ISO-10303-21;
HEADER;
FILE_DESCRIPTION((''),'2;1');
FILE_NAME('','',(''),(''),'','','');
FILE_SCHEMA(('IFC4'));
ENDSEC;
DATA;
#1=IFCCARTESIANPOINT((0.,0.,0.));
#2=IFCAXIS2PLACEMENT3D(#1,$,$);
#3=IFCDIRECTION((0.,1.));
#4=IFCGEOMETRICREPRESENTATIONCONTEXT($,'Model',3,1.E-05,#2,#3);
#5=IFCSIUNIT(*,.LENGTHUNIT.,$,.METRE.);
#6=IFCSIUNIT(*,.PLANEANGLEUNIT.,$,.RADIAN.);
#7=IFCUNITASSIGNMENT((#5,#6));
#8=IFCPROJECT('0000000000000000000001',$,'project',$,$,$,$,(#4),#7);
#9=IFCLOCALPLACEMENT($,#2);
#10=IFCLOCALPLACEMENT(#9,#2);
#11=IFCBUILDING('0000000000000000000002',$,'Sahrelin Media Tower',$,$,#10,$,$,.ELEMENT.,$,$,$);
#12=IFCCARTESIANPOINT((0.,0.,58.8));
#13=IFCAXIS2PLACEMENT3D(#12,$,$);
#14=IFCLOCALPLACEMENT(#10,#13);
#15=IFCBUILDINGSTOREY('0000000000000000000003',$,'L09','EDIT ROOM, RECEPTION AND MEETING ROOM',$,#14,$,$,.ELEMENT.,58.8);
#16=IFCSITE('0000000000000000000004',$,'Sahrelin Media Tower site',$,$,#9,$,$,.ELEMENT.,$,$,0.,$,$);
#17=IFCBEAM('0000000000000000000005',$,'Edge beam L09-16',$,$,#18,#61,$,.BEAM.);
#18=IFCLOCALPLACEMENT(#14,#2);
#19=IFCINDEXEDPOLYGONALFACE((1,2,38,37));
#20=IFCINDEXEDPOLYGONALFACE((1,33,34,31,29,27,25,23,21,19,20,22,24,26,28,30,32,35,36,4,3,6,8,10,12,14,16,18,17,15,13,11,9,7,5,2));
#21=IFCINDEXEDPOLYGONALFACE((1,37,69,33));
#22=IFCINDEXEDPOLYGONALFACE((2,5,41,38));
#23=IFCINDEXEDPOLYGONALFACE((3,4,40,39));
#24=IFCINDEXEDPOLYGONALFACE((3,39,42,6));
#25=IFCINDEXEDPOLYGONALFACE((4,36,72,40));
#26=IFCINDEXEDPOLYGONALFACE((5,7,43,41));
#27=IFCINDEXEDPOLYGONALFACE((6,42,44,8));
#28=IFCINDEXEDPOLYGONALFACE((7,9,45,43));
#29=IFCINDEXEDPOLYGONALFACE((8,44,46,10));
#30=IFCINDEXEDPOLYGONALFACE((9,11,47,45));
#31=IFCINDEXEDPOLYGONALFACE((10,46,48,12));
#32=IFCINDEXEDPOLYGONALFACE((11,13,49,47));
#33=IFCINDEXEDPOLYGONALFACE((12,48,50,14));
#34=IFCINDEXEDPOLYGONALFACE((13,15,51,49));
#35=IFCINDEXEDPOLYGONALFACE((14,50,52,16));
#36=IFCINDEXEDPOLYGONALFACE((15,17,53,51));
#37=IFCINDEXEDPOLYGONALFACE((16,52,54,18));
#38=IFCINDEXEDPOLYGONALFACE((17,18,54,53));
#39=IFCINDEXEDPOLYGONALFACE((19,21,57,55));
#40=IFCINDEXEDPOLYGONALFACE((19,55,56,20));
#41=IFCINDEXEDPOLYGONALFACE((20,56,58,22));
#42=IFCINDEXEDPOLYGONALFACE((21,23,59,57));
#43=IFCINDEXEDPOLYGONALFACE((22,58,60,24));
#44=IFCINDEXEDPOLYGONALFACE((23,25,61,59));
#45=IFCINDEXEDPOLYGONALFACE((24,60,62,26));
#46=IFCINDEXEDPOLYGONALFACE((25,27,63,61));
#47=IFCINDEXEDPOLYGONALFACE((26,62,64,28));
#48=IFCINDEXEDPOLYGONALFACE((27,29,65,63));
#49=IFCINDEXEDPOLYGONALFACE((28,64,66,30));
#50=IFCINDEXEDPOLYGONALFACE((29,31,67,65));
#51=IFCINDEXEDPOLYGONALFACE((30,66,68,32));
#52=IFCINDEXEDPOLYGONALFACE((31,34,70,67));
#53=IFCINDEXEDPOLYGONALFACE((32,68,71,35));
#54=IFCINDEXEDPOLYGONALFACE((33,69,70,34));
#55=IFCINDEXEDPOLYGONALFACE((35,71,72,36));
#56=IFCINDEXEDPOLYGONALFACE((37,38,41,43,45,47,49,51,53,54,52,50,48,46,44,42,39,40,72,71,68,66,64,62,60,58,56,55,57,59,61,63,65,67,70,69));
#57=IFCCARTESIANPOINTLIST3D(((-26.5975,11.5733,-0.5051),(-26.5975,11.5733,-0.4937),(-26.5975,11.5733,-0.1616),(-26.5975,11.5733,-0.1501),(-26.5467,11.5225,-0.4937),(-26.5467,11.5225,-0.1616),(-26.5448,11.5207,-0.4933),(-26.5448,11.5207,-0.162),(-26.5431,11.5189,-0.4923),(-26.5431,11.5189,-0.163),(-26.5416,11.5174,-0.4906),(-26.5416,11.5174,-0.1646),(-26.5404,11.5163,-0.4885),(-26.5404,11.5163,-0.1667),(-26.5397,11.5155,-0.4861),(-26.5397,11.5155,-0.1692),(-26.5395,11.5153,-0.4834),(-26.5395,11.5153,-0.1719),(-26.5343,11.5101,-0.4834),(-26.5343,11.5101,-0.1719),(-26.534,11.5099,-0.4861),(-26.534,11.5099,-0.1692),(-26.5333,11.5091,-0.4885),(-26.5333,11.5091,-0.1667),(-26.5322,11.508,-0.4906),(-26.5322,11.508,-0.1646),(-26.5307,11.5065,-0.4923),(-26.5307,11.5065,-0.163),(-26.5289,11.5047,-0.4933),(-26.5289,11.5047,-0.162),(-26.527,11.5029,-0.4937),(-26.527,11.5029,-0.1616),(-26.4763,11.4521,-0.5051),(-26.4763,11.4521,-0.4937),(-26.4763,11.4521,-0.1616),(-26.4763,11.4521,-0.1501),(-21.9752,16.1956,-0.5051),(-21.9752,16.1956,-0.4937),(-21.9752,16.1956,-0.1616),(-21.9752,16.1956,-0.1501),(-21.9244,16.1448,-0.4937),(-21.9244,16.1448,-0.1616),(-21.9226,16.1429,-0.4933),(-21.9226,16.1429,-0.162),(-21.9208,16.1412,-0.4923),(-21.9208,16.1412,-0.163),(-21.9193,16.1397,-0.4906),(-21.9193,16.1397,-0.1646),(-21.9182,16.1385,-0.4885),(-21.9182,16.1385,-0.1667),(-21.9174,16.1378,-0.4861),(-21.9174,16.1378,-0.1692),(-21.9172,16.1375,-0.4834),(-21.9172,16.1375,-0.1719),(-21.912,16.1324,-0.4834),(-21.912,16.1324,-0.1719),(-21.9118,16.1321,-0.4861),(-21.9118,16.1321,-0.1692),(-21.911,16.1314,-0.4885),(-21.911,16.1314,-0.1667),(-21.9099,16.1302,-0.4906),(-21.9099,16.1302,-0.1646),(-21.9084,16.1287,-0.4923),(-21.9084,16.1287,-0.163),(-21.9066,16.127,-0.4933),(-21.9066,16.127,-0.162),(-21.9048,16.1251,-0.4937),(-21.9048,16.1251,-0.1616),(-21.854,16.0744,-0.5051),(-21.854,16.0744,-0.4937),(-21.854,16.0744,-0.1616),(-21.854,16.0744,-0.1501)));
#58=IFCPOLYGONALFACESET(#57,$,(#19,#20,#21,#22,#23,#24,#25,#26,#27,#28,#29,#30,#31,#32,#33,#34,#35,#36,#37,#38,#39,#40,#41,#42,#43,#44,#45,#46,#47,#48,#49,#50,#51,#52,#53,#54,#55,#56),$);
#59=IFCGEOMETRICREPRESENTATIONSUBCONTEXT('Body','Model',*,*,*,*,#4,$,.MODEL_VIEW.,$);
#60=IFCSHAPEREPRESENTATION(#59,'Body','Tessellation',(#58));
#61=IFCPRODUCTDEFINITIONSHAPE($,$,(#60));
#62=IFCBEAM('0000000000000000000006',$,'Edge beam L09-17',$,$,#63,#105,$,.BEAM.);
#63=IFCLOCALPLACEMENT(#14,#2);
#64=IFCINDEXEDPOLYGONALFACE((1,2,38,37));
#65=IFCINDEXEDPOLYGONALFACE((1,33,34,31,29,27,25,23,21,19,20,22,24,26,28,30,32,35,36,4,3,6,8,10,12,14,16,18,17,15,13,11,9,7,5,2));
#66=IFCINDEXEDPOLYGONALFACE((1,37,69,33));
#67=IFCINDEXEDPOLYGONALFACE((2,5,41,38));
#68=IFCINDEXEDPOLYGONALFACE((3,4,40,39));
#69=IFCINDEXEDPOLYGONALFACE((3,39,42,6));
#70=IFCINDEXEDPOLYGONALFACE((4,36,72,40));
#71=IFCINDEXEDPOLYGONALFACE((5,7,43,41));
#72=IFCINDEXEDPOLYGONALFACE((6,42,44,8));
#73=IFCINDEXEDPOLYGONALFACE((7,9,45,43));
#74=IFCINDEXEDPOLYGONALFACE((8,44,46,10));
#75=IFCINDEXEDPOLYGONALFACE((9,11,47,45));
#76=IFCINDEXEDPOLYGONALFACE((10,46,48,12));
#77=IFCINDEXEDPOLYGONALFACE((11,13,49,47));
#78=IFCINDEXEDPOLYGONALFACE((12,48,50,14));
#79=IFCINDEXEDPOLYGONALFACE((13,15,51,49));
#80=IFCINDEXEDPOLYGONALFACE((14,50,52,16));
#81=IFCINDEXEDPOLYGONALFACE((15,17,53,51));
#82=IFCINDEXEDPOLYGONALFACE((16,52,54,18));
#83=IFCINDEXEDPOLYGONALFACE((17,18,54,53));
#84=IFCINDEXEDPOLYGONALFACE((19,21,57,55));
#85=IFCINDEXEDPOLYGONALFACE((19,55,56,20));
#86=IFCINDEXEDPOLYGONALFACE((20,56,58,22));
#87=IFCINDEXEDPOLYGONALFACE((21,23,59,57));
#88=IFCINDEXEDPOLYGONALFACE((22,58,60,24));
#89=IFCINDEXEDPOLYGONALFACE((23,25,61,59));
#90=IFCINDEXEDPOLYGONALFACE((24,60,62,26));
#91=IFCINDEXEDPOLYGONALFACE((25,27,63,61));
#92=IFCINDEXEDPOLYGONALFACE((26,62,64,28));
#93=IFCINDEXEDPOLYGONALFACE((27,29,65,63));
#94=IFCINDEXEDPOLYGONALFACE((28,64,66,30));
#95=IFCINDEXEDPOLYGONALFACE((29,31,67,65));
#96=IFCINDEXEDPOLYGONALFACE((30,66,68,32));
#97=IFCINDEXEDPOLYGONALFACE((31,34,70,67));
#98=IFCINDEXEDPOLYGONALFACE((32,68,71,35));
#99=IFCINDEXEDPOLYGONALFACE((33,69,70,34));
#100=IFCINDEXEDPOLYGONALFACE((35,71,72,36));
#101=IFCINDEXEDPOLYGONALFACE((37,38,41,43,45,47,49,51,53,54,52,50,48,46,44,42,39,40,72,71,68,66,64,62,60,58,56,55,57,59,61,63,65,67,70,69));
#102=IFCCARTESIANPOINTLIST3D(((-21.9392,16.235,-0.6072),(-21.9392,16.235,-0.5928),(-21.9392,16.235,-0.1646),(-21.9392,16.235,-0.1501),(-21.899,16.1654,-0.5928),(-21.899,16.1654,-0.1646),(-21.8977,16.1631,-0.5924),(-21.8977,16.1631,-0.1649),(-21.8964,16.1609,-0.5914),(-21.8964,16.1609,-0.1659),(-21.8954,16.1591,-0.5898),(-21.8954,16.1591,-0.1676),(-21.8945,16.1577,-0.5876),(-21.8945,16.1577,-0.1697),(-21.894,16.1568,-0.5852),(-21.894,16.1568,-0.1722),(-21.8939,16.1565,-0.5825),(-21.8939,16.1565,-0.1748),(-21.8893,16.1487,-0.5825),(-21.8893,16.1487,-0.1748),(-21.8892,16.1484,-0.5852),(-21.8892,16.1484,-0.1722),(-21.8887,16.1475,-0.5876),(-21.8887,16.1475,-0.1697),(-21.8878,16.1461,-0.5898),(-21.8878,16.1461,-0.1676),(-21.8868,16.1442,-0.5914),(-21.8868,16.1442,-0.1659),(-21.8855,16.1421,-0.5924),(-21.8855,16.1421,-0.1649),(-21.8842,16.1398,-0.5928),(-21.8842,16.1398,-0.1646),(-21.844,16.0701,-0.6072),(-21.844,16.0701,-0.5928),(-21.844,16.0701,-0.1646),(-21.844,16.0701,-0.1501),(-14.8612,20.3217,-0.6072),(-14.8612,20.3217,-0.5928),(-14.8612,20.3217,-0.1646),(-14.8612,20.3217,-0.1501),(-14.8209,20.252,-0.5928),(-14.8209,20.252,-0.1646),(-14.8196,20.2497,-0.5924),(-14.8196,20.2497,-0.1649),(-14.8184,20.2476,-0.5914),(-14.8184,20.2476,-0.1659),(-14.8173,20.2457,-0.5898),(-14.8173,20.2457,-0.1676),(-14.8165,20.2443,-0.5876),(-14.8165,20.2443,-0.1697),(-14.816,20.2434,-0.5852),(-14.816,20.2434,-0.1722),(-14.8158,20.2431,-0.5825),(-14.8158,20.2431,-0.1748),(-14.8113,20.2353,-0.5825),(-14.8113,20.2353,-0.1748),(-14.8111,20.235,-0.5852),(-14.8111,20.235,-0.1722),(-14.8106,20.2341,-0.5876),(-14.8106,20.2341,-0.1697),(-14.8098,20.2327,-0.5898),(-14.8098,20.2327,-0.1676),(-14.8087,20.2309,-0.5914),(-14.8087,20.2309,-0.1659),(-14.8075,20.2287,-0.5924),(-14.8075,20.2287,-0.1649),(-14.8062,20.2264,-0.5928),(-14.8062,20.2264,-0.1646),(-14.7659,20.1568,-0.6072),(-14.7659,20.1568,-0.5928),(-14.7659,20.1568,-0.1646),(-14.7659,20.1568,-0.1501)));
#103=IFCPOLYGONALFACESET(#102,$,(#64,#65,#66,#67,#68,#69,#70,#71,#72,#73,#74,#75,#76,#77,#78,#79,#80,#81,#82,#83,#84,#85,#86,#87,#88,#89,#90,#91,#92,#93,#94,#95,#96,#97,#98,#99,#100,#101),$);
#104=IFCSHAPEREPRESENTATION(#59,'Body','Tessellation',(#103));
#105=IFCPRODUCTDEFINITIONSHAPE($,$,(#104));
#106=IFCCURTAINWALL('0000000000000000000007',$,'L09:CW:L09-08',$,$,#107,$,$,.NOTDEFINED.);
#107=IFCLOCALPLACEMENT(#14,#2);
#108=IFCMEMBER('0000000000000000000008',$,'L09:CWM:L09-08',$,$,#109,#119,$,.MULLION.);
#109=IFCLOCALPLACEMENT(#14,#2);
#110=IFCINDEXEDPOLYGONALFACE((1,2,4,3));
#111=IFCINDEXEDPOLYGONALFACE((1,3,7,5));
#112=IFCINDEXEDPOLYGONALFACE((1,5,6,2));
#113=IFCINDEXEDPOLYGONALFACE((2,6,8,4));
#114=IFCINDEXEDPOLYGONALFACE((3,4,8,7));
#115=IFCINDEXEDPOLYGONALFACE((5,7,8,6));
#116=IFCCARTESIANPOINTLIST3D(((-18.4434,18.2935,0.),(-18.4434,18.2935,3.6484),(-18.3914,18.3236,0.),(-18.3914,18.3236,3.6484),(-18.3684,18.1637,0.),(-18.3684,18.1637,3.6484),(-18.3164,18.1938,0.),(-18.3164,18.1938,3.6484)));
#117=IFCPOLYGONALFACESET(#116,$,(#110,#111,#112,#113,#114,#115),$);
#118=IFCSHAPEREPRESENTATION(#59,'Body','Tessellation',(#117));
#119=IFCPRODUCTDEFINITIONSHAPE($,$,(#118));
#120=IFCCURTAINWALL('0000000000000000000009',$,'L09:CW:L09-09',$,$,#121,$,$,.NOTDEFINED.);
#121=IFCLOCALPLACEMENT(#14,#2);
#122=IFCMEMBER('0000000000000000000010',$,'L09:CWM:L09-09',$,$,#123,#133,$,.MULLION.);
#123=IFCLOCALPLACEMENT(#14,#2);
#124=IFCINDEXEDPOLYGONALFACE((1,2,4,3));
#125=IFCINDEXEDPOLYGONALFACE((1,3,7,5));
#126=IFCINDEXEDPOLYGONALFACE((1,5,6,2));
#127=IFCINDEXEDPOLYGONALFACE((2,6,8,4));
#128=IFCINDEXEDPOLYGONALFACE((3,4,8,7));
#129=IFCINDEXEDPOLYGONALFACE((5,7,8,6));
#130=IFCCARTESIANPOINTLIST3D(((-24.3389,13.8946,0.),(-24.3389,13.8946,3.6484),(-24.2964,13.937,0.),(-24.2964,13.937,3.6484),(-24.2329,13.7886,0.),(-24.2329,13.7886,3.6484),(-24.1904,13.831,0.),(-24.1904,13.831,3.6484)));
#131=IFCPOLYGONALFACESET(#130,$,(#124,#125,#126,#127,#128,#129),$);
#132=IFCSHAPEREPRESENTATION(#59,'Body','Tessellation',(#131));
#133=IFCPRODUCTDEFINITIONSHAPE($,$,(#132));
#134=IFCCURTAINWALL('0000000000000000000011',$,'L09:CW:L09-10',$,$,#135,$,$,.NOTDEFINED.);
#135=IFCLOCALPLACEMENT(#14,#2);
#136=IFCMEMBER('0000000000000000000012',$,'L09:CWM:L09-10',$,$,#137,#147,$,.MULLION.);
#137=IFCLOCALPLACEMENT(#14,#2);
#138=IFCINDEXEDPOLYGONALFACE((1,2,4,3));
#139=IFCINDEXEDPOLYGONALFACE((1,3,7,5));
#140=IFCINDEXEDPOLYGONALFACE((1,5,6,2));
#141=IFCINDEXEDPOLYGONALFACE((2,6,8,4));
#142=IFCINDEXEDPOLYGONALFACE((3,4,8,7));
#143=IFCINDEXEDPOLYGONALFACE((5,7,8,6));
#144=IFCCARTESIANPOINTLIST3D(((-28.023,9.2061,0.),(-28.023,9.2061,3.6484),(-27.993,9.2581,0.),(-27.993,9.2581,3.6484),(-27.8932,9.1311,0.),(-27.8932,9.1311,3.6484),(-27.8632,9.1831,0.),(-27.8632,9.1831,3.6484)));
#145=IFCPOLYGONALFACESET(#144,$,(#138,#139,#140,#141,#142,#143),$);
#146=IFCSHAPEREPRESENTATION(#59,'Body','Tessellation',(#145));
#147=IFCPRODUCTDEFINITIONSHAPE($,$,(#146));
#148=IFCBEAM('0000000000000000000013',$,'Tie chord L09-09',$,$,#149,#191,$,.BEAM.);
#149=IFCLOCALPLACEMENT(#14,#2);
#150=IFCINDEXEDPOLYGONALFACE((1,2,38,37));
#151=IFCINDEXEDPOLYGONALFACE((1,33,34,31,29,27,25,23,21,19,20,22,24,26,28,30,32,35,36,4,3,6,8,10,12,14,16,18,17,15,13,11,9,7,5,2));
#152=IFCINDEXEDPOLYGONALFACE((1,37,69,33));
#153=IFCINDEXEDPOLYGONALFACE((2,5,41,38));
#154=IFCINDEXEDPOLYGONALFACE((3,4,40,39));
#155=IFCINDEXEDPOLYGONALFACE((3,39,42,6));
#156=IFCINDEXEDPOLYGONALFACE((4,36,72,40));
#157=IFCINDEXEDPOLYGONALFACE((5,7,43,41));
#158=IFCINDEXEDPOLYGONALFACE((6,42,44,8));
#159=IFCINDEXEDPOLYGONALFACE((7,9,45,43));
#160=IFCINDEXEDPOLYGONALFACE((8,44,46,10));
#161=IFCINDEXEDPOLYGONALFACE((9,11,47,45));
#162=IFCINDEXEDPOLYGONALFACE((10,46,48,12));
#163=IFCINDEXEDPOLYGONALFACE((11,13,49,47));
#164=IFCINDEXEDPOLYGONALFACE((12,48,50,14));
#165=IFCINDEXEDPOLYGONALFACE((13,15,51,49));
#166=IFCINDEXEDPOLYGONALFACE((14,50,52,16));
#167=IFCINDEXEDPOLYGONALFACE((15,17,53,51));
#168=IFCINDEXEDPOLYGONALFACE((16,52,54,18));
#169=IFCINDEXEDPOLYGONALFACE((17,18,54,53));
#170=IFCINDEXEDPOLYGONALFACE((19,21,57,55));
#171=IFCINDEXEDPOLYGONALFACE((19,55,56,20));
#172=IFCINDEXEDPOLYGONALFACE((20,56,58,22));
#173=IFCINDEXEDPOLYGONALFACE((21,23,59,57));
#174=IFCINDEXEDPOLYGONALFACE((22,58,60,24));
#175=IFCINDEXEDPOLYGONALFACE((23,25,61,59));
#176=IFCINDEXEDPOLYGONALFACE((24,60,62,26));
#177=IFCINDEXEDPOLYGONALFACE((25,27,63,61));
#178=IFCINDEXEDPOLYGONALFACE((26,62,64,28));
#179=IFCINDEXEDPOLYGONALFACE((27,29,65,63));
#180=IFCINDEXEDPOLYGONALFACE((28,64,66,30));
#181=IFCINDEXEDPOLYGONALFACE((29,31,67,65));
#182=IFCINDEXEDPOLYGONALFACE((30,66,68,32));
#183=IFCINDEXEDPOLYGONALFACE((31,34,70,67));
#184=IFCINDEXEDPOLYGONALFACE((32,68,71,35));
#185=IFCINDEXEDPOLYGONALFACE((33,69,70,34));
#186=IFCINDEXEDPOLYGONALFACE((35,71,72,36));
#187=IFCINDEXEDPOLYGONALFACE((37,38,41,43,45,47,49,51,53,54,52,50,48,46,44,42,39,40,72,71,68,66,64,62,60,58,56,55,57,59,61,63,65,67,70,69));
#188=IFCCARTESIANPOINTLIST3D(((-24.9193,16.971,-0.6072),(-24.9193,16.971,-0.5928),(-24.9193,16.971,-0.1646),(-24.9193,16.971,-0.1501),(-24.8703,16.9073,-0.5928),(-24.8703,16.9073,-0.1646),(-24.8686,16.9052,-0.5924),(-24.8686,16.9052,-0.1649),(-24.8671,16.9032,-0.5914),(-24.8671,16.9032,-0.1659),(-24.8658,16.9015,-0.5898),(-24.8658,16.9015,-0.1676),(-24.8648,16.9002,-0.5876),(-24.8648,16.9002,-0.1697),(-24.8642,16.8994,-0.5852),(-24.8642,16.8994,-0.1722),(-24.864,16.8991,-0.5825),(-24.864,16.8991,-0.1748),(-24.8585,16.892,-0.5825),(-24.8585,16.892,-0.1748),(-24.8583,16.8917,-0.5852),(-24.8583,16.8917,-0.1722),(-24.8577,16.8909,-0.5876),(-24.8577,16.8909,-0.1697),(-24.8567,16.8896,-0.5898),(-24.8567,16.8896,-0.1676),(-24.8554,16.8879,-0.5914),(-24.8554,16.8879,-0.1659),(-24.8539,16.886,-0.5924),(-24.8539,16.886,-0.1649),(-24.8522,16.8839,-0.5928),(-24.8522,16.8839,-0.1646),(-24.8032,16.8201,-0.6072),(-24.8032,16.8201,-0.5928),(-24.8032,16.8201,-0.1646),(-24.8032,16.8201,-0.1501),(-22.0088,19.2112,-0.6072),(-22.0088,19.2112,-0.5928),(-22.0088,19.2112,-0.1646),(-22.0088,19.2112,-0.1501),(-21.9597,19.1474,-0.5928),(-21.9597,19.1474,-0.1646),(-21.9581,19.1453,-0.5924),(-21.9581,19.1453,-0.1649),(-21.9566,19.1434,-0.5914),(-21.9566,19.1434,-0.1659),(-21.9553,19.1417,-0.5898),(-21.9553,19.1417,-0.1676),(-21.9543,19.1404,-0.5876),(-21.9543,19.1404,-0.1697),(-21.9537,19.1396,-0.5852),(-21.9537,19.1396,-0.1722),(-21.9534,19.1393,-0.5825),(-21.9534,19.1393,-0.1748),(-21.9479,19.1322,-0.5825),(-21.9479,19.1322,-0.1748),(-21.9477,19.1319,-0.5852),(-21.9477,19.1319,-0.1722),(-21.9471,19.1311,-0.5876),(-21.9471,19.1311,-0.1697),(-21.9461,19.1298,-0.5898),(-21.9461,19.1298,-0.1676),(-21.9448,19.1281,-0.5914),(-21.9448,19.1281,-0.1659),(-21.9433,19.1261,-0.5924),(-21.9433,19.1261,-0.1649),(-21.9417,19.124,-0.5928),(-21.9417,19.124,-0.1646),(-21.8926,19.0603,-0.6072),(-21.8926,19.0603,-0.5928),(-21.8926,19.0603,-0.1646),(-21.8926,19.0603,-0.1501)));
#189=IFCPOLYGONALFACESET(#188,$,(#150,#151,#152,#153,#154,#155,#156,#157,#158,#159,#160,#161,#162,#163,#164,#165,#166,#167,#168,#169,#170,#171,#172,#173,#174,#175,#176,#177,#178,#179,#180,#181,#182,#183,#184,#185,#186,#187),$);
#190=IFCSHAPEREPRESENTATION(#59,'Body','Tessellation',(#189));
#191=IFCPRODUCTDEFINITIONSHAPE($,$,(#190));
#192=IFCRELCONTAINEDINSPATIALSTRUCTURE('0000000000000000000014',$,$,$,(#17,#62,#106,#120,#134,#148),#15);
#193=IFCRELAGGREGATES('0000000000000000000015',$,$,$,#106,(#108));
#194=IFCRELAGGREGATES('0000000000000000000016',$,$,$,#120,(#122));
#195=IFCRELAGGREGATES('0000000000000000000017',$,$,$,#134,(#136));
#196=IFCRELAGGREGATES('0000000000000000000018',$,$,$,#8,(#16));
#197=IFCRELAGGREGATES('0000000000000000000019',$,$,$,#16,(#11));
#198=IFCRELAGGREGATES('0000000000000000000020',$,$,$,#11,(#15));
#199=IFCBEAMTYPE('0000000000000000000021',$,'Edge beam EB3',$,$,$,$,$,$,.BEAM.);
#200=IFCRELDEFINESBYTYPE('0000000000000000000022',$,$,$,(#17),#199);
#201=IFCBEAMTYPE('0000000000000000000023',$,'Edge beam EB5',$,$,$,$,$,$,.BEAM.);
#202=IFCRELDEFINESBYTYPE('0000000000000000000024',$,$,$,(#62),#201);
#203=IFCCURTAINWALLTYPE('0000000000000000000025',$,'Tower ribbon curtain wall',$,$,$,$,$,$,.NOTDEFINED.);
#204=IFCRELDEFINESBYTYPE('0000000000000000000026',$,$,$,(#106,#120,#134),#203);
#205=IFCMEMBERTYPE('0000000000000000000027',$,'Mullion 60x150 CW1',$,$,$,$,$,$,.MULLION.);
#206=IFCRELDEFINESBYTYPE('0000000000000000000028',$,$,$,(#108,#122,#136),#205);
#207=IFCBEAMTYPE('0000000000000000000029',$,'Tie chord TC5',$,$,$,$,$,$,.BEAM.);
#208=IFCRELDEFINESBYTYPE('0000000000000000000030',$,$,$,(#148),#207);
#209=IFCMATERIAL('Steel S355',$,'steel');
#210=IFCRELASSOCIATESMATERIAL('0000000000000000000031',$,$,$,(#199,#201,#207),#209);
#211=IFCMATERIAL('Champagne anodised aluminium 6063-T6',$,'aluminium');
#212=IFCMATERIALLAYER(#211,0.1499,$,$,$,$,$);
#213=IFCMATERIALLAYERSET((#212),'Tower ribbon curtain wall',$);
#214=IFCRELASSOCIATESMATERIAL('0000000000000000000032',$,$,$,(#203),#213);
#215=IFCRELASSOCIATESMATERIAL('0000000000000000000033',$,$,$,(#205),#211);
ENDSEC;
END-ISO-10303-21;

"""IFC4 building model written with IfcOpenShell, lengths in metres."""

from ifc_helpers import new_model, si_unit, direction, frame, origin, origin_2d, place, context, subcontext, project, spatial, rectangle, i_section, extrude, material, layer, layer_set, material_profile, profile_set, type_object, element, aggregate, save


model = new_model("IFC4")

# Units and contexts
model_context = context("Model", 3, precision=1e-05, world=origin(), true_north=direction((0.0, 1.0)))
body_context = subcontext(model_context, "Body", "Model", "MODEL_VIEW")
ifc_project = project(units=[si_unit("LENGTHUNIT", "METRE"), si_unit("PLANEANGLEUNIT", "RADIAN")], contexts=[model_context])

# Site, building, storey
site_placement = place(None, origin())
site = spatial("IfcSite", under=ifc_project, at=site_placement, Name="Sahrelin Media Tower site", CompositionType="ELEMENT", RefElevation=0.0)
building_placement = place(site_placement, origin())
building = spatial("IfcBuilding", under=site, at=building_placement, Name="Sahrelin Media Tower", CompositionType="ELEMENT")
storey_placement = place(building_placement, frame((0.0, 0.0, 58.8)))
storey = spatial("IfcBuildingStorey", under=building, at=storey_placement, Name="L09", Description="EDIT ROOM, RECEPTION AND MEETING ROOM", CompositionType="ELEMENT", Elevation=58.8)

# Beams
ifc_material_1 = material(Name="Steel S355", Category="steel")
ifc_material_profile_1 = material_profile(ifc_material_1, i_section(OverallWidth=0.1714, OverallDepth=0.355, WebThickness=0.0073, FlangeThickness=0.0115, FilletRadius=0.0103, at=origin_2d()), Name="UB 356x171x51")
ifc_profile_set_1 = profile_set([ifc_material_profile_1], Name="Steel S355")
beam_type_1 = type_object("IfcBeamType", Name="Edge beam EB3", PredefinedType="BEAM", material=ifc_profile_set_1)
beam_1_placement = place(storey_placement, frame((-26.5369, 11.5127, -0.3276), z_axis=(0.707107, 0.707107, 0.0), x_axis=(-0.707107, 0.707107, 0.0)))
element("IfcBeam", 1, at=beam_1_placement, inside=storey, type_object=beam_type_1, Name="Edge beam L09-16", PredefinedType="BEAM", context=body_context, shape_type="SweptSolid", body=[
    extrude(i_section(OverallWidth=0.1714, OverallDepth=0.355, WebThickness=0.0073, FlangeThickness=0.0115, FilletRadius=0.0103, at=origin_2d()), origin(), (0.0, 0.0, 1.0), 6.5369),
])
ifc_material_profile_2 = material_profile(ifc_material_1, i_section(OverallWidth=0.1904, OverallDepth=0.457, WebThickness=0.009, FlangeThickness=0.0144, FilletRadius=0.0103, at=origin_2d()), Name="UB 457x191x74")
ifc_profile_set_2 = profile_set([ifc_material_profile_2], Name="Steel S355")
beam_type_2 = type_object("IfcBeamType", Name="Edge beam EB5", PredefinedType="BEAM", material=ifc_profile_set_2)
beam_2_placement = place(storey_placement, frame((-21.8916, 16.1526, -0.3787), z_axis=(0.866019, 0.50001, 0.0), x_axis=(-0.50001, 0.866019, 0.0)))
element("IfcBeam", 2, at=beam_2_placement, inside=storey, type_object=beam_type_2, Name="Edge beam L09-17", PredefinedType="BEAM", context=body_context, shape_type="SweptSolid", body=[
    extrude(i_section(OverallWidth=0.1904, OverallDepth=0.457, WebThickness=0.009, FlangeThickness=0.0144, FilletRadius=0.0103, at=origin_2d()), origin(), (0.0, 0.0, 1.0), 8.1731),
])

# Curtain walls, members
ifc_material_2 = material(Name="Champagne anodised aluminium 6063-T6", Category="aluminium")
ifc_layer_1 = layer(ifc_material_2, 0.1499)
ifc_layer_set_1 = layer_set([ifc_layer_1], Name="Tower ribbon curtain wall")
curtain_wall_type = type_object("IfcCurtainWallType", Name="Tower ribbon curtain wall", PredefinedType="NOTDEFINED", material=ifc_layer_set_1)
curtain_wall_1_placement = place(storey_placement, frame((-18.4275, 18.3257, 0.0), z_axis=(0.0, 0.0, 1.0), x_axis=(1.0, 0.0, 0.0)))
curtain_wall_1 = element("IfcCurtainWall", 3, at=curtain_wall_1_placement, inside=storey, type_object=curtain_wall_type, Name="L09:CW:L09-08", PredefinedType="NOTDEFINED")
ifc_material_profile_3 = material_profile(ifc_material_2, rectangle(XDim=0.0601, YDim=0.1499, at=origin_2d()), Name="Mullion 60x150")
ifc_profile_set_3 = profile_set([ifc_material_profile_3], Name="Champagne anodised aluminium 6063-T6")
member_type_1 = type_object("IfcMemberType", Name="Mullion 60x150 CW1", PredefinedType="MULLION", material=ifc_profile_set_3)
member_1_placement = place(storey_placement, frame((-18.3799, 18.2437, 0.0), z_axis=(0.0, 0.0, 1.0), x_axis=(-0.866025, -0.5, 0.0)))
member_1 = element("IfcMember", 4, at=member_1_placement, type_object=member_type_1, Name="L09:CWM:L09-08", PredefinedType="MULLION", context=body_context, shape_type="SweptSolid", body=[
    extrude(rectangle(XDim=0.0601, YDim=0.1499, at=origin_2d()), origin(), (0.0, 0.0, 1.0), 3.6484),
])
curtain_wall_2_placement = place(storey_placement, frame((-24.3318, 13.9299, 0.0), z_axis=(0.0, 0.0, 1.0), x_axis=(1.0, 0.0, 0.0)))
curtain_wall_2 = element("IfcCurtainWall", 5, at=curtain_wall_2_placement, inside=storey, type_object=curtain_wall_type, Name="L09:CW:L09-09", PredefinedType="NOTDEFINED")
member_2_placement = place(storey_placement, frame((-24.2646, 13.8628, 0.0), z_axis=(0.0, 0.0, 1.0), x_axis=(-0.707107, -0.707107, 0.0)))
member_2 = element("IfcMember", 6, at=member_2_placement, type_object=member_type_1, Name="L09:CWM:L09-09", PredefinedType="MULLION", context=body_context, shape_type="SweptSolid", body=[
    extrude(rectangle(XDim=0.0601, YDim=0.1499, at=origin_2d()), origin(), (0.0, 0.0, 1.0), 3.6484),
])
curtain_wall_3_placement = place(storey_placement, frame((-28.0254, 9.2422, 0.0), z_axis=(0.0, 0.0, 1.0), x_axis=(1.0, 0.0, 0.0)))
curtain_wall_3 = element("IfcCurtainWall", 7, at=curtain_wall_3_placement, inside=storey, type_object=curtain_wall_type, Name="L09:CW:L09-10", PredefinedType="NOTDEFINED")
member_3_placement = place(storey_placement, frame((-27.9431, 9.1946, 0.0), z_axis=(0.0, 0.0, 1.0), x_axis=(-0.500008, -0.866021, 0.0)))
member_3 = element("IfcMember", 8, at=member_3_placement, type_object=member_type_1, Name="L09:CWM:L09-10", PredefinedType="MULLION", context=body_context, shape_type="SweptSolid", body=[
    extrude(rectangle(XDim=0.0601, YDim=0.1499, at=origin_2d()), origin(), (0.0, 0.0, 1.0), 3.6484),
])

# Beam
ifc_material_profile_4 = material_profile(ifc_material_1, i_section(OverallWidth=0.1904, OverallDepth=0.457, WebThickness=0.009, FlangeThickness=0.0144, FilletRadius=0.0103, at=origin_2d()), Name="UB 457x191x74")
ifc_profile_set_4 = profile_set([ifc_material_profile_4], Name="Steel S355")
beam_type_3 = type_object("IfcBeamType", Name="Tie chord TC5", PredefinedType="BEAM", material=ifc_profile_set_4)
beam_3_placement = place(storey_placement, frame((-21.9507, 19.1357, -0.3787), z_axis=(-0.792456, -0.609929, 0.0), x_axis=(0.609929, -0.792456, 0.0)))
element("IfcBeam", 9, at=beam_3_placement, inside=storey, type_object=beam_type_3, Name="Tie chord L09-09", PredefinedType="BEAM", context=body_context, shape_type="SweptSolid", body=[
    extrude(i_section(OverallWidth=0.1904, OverallDepth=0.457, WebThickness=0.009, FlangeThickness=0.0144, FilletRadius=0.0103, at=origin_2d()), origin(), (0.0, 0.0, 1.0), 3.6729),
])

aggregate(curtain_wall_1, [member_1])
aggregate(curtain_wall_2, [member_2])
aggregate(curtain_wall_3, [member_3])

save(model, "model.ifc")
